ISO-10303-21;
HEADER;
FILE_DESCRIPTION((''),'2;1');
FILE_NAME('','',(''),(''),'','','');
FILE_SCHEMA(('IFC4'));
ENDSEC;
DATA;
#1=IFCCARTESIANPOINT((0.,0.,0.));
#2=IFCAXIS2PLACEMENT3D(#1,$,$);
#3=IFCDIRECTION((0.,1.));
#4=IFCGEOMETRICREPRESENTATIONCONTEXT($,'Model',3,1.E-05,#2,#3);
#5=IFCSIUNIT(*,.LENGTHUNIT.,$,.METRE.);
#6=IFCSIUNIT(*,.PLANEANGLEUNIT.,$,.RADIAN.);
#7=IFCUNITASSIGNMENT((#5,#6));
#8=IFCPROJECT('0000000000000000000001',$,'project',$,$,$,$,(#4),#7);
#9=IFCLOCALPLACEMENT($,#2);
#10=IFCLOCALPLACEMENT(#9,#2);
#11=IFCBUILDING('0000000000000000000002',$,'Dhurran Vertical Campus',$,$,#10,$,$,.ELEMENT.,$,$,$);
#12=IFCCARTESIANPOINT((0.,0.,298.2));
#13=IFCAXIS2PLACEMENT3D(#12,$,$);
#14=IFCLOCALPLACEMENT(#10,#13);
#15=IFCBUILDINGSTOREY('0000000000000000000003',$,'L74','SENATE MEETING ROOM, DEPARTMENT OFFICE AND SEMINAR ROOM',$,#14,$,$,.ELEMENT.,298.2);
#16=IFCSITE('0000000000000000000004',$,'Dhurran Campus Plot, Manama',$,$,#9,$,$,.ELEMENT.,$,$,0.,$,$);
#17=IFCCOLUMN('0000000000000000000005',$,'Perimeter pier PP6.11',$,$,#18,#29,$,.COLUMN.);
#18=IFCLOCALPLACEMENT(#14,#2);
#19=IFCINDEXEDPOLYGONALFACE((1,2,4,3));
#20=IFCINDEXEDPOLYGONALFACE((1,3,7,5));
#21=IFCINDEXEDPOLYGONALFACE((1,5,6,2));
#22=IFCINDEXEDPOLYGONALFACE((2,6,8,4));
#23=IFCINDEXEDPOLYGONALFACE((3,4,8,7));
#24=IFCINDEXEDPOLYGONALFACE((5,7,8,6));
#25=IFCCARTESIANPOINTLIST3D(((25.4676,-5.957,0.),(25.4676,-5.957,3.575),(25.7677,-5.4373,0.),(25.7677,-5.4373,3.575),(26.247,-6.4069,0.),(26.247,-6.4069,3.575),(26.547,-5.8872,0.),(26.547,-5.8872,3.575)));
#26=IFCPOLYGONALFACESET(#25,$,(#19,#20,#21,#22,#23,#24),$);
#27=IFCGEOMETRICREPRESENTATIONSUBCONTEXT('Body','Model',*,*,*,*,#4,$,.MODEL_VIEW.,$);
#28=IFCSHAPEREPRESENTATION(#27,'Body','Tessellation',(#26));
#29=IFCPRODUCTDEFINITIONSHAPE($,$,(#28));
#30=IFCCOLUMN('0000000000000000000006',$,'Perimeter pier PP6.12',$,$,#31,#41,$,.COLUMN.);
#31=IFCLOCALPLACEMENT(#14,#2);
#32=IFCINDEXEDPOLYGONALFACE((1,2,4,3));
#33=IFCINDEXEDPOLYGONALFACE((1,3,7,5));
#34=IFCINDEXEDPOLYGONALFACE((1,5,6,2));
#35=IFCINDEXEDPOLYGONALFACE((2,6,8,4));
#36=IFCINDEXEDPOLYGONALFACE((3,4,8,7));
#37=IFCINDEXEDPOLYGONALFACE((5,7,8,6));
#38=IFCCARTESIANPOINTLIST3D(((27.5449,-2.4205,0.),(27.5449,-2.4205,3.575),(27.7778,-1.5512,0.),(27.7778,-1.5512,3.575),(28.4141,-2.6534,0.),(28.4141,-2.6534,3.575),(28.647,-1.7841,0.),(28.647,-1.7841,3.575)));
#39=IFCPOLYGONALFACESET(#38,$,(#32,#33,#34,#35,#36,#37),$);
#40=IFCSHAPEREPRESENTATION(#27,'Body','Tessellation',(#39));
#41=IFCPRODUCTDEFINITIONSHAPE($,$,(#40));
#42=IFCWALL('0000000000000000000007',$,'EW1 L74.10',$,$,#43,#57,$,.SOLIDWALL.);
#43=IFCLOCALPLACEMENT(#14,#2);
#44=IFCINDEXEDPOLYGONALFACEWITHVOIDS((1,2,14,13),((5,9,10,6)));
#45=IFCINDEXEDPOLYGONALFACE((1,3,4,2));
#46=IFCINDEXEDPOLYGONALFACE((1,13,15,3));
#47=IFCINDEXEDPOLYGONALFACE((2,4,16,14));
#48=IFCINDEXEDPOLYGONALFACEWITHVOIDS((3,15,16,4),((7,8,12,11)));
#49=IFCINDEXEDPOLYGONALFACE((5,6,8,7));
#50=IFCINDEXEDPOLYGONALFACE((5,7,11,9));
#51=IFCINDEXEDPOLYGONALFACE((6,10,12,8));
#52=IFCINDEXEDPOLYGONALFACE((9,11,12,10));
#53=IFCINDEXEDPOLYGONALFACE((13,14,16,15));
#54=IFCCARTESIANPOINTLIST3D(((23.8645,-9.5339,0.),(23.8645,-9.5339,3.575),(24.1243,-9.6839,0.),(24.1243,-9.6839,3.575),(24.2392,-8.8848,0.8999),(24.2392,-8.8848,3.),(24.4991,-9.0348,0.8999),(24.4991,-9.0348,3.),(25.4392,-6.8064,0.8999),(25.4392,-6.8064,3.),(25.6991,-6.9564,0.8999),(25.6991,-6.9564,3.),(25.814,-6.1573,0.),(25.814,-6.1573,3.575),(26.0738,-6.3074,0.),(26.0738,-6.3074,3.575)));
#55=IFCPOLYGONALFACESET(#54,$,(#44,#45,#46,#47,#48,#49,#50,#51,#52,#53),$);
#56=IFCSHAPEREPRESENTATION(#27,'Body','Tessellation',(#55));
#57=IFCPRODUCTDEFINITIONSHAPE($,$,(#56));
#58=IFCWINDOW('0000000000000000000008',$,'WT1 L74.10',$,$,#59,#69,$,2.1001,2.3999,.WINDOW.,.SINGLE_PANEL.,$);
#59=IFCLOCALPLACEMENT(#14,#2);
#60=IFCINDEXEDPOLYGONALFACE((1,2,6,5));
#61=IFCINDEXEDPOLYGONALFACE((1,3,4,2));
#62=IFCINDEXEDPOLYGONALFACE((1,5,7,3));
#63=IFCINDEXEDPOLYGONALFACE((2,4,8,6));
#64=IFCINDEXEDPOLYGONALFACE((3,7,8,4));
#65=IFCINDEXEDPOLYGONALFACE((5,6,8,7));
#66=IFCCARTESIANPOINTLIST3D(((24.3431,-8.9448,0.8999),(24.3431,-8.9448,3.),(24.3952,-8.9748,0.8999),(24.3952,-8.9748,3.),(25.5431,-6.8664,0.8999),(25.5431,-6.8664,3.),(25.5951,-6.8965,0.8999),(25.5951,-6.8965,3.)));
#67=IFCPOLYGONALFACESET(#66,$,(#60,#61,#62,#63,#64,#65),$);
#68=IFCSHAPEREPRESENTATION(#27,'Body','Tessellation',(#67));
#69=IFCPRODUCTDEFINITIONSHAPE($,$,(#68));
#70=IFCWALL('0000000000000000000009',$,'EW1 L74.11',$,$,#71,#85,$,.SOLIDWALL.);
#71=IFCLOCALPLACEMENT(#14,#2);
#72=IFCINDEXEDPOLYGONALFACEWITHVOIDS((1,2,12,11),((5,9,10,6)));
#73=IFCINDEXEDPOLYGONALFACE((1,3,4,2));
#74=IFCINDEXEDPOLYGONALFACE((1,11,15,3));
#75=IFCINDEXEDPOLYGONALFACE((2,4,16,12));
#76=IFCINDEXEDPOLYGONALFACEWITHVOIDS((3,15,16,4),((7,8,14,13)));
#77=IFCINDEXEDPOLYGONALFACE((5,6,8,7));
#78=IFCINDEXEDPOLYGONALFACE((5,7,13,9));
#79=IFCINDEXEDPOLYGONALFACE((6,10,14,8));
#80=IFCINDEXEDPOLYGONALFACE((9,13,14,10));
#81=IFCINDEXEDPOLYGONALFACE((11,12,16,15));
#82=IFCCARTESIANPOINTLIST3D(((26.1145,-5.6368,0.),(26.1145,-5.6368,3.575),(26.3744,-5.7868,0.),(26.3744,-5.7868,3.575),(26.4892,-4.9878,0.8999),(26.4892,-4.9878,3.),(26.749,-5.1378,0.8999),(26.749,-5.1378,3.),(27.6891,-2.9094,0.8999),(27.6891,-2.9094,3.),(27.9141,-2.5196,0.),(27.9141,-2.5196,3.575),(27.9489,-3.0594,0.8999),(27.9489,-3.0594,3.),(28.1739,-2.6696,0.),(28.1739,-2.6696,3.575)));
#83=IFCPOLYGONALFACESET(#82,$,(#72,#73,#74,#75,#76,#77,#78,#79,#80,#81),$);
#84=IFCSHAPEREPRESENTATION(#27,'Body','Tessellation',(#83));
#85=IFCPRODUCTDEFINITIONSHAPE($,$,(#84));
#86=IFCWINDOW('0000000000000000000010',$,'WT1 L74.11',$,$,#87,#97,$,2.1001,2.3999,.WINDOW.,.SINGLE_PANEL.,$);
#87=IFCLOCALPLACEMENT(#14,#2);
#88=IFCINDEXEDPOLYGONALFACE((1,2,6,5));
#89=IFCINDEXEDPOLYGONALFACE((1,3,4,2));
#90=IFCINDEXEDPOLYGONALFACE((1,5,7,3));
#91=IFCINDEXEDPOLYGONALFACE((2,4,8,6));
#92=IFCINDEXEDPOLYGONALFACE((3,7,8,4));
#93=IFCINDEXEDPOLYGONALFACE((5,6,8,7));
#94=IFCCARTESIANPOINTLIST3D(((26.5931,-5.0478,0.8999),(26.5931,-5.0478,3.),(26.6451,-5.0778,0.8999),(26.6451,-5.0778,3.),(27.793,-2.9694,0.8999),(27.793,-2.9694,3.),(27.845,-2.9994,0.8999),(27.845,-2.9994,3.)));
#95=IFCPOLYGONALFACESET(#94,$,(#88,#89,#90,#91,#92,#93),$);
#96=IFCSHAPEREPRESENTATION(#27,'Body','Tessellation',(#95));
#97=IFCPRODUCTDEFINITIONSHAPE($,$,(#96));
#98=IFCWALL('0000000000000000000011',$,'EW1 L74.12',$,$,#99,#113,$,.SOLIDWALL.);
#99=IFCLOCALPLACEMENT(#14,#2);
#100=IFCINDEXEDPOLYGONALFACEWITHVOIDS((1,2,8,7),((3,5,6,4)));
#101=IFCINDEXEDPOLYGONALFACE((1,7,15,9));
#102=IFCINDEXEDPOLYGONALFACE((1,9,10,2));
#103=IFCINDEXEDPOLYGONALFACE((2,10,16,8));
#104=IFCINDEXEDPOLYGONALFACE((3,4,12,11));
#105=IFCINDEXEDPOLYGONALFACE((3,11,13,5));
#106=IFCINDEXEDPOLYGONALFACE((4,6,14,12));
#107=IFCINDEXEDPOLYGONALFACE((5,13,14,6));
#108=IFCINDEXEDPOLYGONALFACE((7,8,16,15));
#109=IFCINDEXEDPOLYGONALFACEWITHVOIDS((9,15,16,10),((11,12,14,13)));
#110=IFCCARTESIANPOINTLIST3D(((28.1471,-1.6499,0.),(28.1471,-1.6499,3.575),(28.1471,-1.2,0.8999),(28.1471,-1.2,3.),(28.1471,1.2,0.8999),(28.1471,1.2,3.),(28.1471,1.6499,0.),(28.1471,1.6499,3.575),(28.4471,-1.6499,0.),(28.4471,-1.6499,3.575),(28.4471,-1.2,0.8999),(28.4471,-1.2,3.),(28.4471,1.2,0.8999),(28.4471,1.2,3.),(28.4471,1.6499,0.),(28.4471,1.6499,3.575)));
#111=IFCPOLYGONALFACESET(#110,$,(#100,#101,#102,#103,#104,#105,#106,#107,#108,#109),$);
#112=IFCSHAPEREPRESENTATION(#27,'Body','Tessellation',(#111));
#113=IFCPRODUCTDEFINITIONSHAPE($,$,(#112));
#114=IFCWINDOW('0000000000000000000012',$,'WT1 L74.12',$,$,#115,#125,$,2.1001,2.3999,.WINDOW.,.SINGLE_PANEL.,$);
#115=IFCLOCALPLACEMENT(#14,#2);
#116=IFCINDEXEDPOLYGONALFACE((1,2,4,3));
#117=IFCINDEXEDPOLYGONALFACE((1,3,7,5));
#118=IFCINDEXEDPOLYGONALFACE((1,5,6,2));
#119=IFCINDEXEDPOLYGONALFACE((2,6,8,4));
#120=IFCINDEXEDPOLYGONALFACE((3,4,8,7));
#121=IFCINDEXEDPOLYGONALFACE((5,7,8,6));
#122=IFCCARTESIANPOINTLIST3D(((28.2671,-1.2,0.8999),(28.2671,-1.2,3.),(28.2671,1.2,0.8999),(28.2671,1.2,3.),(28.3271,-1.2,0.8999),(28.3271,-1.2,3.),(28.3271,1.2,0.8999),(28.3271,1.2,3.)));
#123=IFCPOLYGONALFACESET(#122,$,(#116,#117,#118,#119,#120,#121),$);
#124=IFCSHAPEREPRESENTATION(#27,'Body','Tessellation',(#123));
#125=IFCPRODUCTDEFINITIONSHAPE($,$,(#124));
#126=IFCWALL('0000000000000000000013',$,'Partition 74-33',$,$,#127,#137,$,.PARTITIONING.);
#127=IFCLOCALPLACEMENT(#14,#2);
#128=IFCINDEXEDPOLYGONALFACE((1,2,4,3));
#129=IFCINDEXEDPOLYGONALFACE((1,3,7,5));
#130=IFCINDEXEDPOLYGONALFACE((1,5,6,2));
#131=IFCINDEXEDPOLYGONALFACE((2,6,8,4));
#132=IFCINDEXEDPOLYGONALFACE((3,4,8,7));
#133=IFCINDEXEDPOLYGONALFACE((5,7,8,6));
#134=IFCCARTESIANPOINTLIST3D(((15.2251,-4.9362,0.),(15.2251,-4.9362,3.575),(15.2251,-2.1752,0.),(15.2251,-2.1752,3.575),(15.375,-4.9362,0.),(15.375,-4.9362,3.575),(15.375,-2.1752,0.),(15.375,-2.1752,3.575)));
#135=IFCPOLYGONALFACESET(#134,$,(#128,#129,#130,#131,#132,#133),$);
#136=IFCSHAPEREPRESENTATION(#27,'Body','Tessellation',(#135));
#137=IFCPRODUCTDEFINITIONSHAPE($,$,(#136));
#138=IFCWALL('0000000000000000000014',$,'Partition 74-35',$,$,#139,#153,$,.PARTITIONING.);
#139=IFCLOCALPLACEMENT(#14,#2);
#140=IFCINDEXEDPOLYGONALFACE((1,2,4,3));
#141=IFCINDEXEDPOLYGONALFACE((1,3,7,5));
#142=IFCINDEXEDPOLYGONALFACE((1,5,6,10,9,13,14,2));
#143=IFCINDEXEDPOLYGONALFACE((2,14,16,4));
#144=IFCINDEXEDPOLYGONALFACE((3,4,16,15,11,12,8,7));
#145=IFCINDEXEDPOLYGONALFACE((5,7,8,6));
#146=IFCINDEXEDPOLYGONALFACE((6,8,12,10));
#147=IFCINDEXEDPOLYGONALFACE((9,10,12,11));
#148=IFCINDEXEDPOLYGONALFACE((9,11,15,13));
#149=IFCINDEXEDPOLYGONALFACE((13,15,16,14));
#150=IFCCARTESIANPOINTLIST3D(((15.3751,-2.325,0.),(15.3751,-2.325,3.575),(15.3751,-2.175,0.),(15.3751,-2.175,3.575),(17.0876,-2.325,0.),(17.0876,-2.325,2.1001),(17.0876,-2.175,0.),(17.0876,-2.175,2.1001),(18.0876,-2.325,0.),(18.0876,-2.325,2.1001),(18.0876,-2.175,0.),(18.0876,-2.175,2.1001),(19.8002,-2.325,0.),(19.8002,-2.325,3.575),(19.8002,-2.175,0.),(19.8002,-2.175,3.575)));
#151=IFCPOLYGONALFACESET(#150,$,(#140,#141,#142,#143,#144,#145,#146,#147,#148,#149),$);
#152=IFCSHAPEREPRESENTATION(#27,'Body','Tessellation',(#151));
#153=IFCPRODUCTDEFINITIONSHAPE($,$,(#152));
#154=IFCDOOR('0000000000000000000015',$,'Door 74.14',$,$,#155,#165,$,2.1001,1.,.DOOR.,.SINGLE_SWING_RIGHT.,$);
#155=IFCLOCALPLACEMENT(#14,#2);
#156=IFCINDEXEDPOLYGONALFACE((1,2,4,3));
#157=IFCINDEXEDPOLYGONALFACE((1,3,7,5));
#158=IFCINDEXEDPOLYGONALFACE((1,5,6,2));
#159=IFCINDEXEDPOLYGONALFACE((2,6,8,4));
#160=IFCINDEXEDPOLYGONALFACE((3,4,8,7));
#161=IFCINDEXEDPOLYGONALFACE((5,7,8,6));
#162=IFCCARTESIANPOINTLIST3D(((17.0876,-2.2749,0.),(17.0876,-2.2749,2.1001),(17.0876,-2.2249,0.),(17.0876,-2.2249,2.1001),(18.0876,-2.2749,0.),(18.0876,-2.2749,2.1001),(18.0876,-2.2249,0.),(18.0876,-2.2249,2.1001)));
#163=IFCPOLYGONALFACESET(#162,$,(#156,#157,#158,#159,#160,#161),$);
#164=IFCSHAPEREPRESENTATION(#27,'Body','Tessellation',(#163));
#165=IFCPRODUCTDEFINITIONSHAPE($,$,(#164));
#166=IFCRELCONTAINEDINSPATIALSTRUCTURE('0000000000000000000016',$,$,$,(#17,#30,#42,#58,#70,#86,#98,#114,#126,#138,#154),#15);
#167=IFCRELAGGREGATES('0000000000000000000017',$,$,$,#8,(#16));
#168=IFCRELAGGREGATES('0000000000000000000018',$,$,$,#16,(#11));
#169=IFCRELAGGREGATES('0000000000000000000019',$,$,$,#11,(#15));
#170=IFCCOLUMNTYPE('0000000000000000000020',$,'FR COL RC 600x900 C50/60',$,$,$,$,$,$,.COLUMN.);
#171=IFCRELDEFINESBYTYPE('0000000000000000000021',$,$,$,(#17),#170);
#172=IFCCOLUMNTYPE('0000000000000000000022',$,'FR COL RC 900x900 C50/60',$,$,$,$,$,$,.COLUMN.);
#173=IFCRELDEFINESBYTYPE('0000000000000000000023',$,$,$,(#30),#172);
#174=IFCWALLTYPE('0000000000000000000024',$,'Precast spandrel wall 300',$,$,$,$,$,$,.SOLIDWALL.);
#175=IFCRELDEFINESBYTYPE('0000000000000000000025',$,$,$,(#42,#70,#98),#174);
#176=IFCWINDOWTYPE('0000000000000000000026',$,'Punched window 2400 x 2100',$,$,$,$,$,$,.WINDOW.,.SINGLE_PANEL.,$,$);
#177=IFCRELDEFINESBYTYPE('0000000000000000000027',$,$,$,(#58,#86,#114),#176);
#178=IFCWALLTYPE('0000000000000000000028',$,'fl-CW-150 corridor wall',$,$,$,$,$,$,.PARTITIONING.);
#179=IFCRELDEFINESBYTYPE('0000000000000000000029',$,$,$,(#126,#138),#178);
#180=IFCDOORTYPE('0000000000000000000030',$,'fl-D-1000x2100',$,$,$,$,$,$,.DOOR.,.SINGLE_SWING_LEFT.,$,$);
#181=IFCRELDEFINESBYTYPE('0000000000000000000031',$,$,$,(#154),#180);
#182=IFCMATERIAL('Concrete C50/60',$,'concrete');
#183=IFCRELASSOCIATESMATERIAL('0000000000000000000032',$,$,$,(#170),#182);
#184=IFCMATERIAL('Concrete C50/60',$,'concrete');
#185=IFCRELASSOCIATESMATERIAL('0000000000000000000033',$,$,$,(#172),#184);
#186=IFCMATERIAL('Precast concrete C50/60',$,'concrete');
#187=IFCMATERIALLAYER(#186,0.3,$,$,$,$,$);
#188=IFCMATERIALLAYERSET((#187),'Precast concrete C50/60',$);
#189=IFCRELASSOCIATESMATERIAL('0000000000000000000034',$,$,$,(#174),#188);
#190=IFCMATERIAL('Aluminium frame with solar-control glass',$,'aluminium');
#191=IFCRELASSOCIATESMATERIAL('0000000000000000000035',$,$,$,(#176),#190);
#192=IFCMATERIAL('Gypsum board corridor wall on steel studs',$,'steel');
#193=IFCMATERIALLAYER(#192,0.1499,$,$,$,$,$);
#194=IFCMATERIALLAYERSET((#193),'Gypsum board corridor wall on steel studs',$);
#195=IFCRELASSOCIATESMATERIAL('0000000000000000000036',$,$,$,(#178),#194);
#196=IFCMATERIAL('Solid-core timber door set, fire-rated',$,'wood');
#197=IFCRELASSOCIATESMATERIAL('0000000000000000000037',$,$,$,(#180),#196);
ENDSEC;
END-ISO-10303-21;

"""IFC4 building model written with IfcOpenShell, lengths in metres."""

from ifc_helpers import new_model, si_unit, direction, frame, frame_2d, origin, origin_2d, place, context, subcontext, project, spatial, rectangle, extrude, material, layer, layer_set, material_profile, profile_set, type_object, element, fill, save


model = new_model("IFC4")

# Units and contexts
model_context = context("Model", 3, precision=1e-05, world=origin(), true_north=direction((0.0, 1.0)))
body_context = subcontext(model_context, "Body", "Model", "MODEL_VIEW")
ifc_project = project(units=[si_unit("LENGTHUNIT", "METRE"), si_unit("PLANEANGLEUNIT", "RADIAN")], contexts=[model_context])

# Site, building, storey
site_placement = place(None, origin())
site = spatial("IfcSite", under=ifc_project, at=site_placement, Name="Dhurran Campus Plot, Manama", CompositionType="ELEMENT", RefElevation=0.0)
building_placement = place(site_placement, origin())
building = spatial("IfcBuilding", under=site, at=building_placement, Name="Dhurran Vertical Campus", CompositionType="ELEMENT")
storey_placement = place(building_placement, frame((0.0, 0.0, 298.2)))
storey = spatial("IfcBuildingStorey", under=building, at=storey_placement, Name="L74", Description="SENATE MEETING ROOM, DEPARTMENT OFFICE AND SEMINAR ROOM", CompositionType="ELEMENT", Elevation=298.2)

# Columns
ifc_material_1 = material(Name="Concrete C50/60", Category="concrete")
ifc_material_profile_1 = material_profile(ifc_material_1, rectangle(XDim=0.6001, YDim=0.8999, at=origin_2d()), Name="RC 600x900")
ifc_profile_set_1 = profile_set([ifc_material_profile_1], Name="Concrete C50/60")
column_type_1 = type_object("IfcColumnType", Name="FR COL RC 600x900 C50/60", PredefinedType="COLUMN", material=ifc_profile_set_1)
column_1_placement = place(storey_placement, frame((26.0073, -5.9221, 0.0), z_axis=(0.0, 0.0, 1.0), x_axis=(0.5, 0.866025, 0.0)))
element("IfcColumn", 1, at=column_1_placement, inside=storey, type_object=column_type_1, Name="Perimeter pier PP6.11", PredefinedType="COLUMN", context=body_context, shape_type="SweptSolid", body=[
    extrude(rectangle(XDim=0.6001, YDim=0.8999, at=origin_2d()), origin(), (0.0, 0.0, 1.0), 3.575),
])
ifc_material_2 = material(Name="Concrete C50/60", Category="concrete")
ifc_material_profile_2 = material_profile(ifc_material_2, rectangle(XDim=0.8999, YDim=0.8999, at=origin_2d()), Name="RC 900x900")
ifc_profile_set_2 = profile_set([ifc_material_profile_2], Name="Concrete C50/60")
column_type_2 = type_object("IfcColumnType", Name="FR COL RC 900x900 C50/60", PredefinedType="COLUMN", material=ifc_profile_set_2)
column_2_placement = place(storey_placement, frame((28.0959, -2.1023, 0.0), z_axis=(0.0, 0.0, 1.0), x_axis=(0.258819, 0.965926, 0.0)))
element("IfcColumn", 2, at=column_2_placement, inside=storey, type_object=column_type_2, Name="Perimeter pier PP6.12", PredefinedType="COLUMN", context=body_context, shape_type="SweptSolid", body=[
    extrude(rectangle(XDim=0.8999, YDim=0.8999, at=origin_2d()), origin(), (0.0, 0.0, 1.0), 3.575),
])

# Walls, openings, windows
ifc_material_3 = material(Name="Precast concrete C50/60", Category="concrete")
ifc_layer_1 = layer(ifc_material_3, 0.3)
ifc_layer_set_1 = layer_set([ifc_layer_1], Name="Precast concrete C50/60")
wall_type_1 = type_object("IfcWallType", Name="Precast spandrel wall 300", PredefinedType="SOLIDWALL", material=ifc_layer_set_1)
wall_1_placement = place(storey_placement, frame((23.9944, -9.6089, 0.0), z_axis=(0.0, 0.0, 1.0), x_axis=(0.500012, 0.866019, 0.0)))
wall_1 = element("IfcWall", 3, at=wall_1_placement, inside=storey, type_object=wall_type_1, Name="EW1 L74.10", PredefinedType="SOLIDWALL", context=body_context, shape_type="SweptSolid", body=[
    extrude(rectangle(XDim=3.8989, YDim=0.3, at=frame_2d((1.9495, 0.0))), origin(), (0.0, 0.0, 1.0), 3.575),
])
opening_1_placement = place(wall_1_placement, frame((0.7495, 0.0, 0.8999)))
opening_1 = element("IfcOpeningElement", 4, at=opening_1_placement, cuts=wall_1, PredefinedType="OPENING", context=body_context, shape_type="SweptSolid", body=[
    extrude(rectangle(XDim=2.3999, YDim=2.1001, at=frame_2d((1.2, 1.05))), frame((0.0, 0.1599, 0.0), z_axis=(0.0, -1.0, 0.0), x_axis=(1.0, 0.0, 0.0)), (0.0, 0.0, 1.0), 0.3201),
])
ifc_material_4 = material(Name="Aluminium frame with solar-control glass", Category="aluminium")
window_type = type_object("IfcWindowType", Name="Punched window 2400 x 2100", PartitioningType="SINGLE_PANEL", PredefinedType="WINDOW", material=ifc_material_4)
window_1_placement = place(opening_1_placement, origin())
window_1 = element("IfcWindow", 5, at=window_1_placement, inside=storey, type_object=window_type, Name="WT1 L74.10", OverallHeight=2.1001, OverallWidth=2.3999, PartitioningType="SINGLE_PANEL", PredefinedType="WINDOW", context=body_context, shape_type="SweptSolid", body=[
    extrude(rectangle(XDim=2.3999, YDim=2.1001, at=frame_2d((1.2, 1.05))), frame((0.0, 0.03, 0.0), z_axis=(0.0, -1.0, 0.0), x_axis=(1.0, 0.0, 0.0)), (0.0, 0.0, 1.0), 0.0601),
])
fill(opening_1, window_1)
wall_2_placement = place(storey_placement, frame((26.2444, -5.7119, 0.0), z_axis=(0.0, 0.0, 1.0), x_axis=(0.499969, 0.866043, 0.0)))
wall_2 = element("IfcWall", 6, at=wall_2_placement, inside=storey, type_object=wall_type_1, Name="EW1 L74.11", PredefinedType="SOLIDWALL", context=body_context, shape_type="SweptSolid", body=[
    extrude(rectangle(XDim=3.5994, YDim=0.3, at=frame_2d((1.7998, 0.0))), origin(), (0.0, 0.0, 1.0), 3.575),
])
opening_2_placement = place(wall_2_placement, frame((0.7495, 0.0, 0.8999)))
opening_2 = element("IfcOpeningElement", 7, at=opening_2_placement, cuts=wall_2, PredefinedType="OPENING", context=body_context, shape_type="SweptSolid", body=[
    extrude(rectangle(XDim=2.3999, YDim=2.1001, at=frame_2d((1.2, 1.05))), frame((0.0, 0.1599, 0.0), z_axis=(0.0, -1.0, 0.0), x_axis=(1.0, 0.0, 0.0)), (0.0, 0.0, 1.0), 0.3201),
])
window_2_placement = place(opening_2_placement, origin())
window_2 = element("IfcWindow", 8, at=window_2_placement, inside=storey, type_object=window_type, Name="WT1 L74.11", OverallHeight=2.1001, OverallWidth=2.3999, PartitioningType="SINGLE_PANEL", PredefinedType="WINDOW", context=body_context, shape_type="SweptSolid", body=[
    extrude(rectangle(XDim=2.3999, YDim=2.1001, at=frame_2d((1.2, 1.05))), frame((0.0, 0.03, 0.0), z_axis=(0.0, -1.0, 0.0), x_axis=(1.0, 0.0, 0.0)), (0.0, 0.0, 1.0), 0.0601),
])
fill(opening_2, window_2)
wall_3_placement = place(storey_placement, frame((28.2971, -1.6499, 0.0), z_axis=(0.0, 0.0, 1.0), x_axis=(0.0, 1.0, 0.0)))
wall_3 = element("IfcWall", 9, at=wall_3_placement, inside=storey, type_object=wall_type_1, Name="EW1 L74.12", PredefinedType="SOLIDWALL", context=body_context, shape_type="SweptSolid", body=[
    extrude(rectangle(XDim=3.2998, YDim=0.3, at=frame_2d((1.6499, 0.0))), origin(), (0.0, 0.0, 1.0), 3.575),
])
opening_3_placement = place(wall_3_placement, frame((0.45, 0.0, 0.8999)))
opening_3 = element("IfcOpeningElement", 10, at=opening_3_placement, cuts=wall_3, PredefinedType="OPENING", context=body_context, shape_type="SweptSolid", body=[
    extrude(rectangle(XDim=2.3999, YDim=2.1001, at=frame_2d((1.2, 1.05))), frame((0.0, 0.1599, 0.0), z_axis=(0.0, -1.0, 0.0), x_axis=(1.0, 0.0, 0.0)), (0.0, 0.0, 1.0), 0.3201),
])
window_3_placement = place(opening_3_placement, origin())
window_3 = element("IfcWindow", 11, at=window_3_placement, inside=storey, type_object=window_type, Name="WT1 L74.12", OverallHeight=2.1001, OverallWidth=2.3999, PartitioningType="SINGLE_PANEL", PredefinedType="WINDOW", context=body_context, shape_type="SweptSolid", body=[
    extrude(rectangle(XDim=2.3999, YDim=2.1001, at=frame_2d((1.2, 1.05))), frame((0.0, 0.03, 0.0), z_axis=(0.0, -1.0, 0.0), x_axis=(1.0, 0.0, 0.0)), (0.0, 0.0, 1.0), 0.0601),
])
fill(opening_3, window_3)

# Wall
ifc_material_5 = material(Name="Gypsum board corridor wall on steel studs", Category="steel")
ifc_layer_2 = layer(ifc_material_5, 0.1499)
ifc_layer_set_2 = layer_set([ifc_layer_2], Name="Gypsum board corridor wall on steel studs")
wall_type_2 = type_object("IfcWallType", Name="fl-CW-150 corridor wall", PredefinedType="PARTITIONING", material=ifc_layer_set_2)
wall_4_placement = place(storey_placement, frame((15.3, -4.936, 0.0), z_axis=(0.0, 0.0, 1.0), x_axis=(0.0, 1.0, 0.0)))
element("IfcWall", 12, at=wall_4_placement, inside=storey, type_object=wall_type_2, Name="Partition 74-33", PredefinedType="PARTITIONING", context=body_context, shape_type="SweptSolid", body=[
    extrude(rectangle(XDim=2.761, YDim=0.1499, at=frame_2d((1.3804, 0.0))), origin(), (0.0, 0.0, 1.0), 3.575),
])

# Wall, opening, door
wall_5_placement = place(storey_placement, frame((19.8, -2.25, 0.0), z_axis=(0.0, 0.0, 1.0), x_axis=(-1.0, 0.0, 0.0)))
wall_5 = element("IfcWall", 13, at=wall_5_placement, inside=storey, type_object=wall_type_2, Name="Partition 74-35", PredefinedType="PARTITIONING", context=body_context, shape_type="SweptSolid", body=[
    extrude(rectangle(XDim=4.425, YDim=0.1499, at=frame_2d((2.2124, 0.0))), origin(), (0.0, 0.0, 1.0), 3.575),
])
opening_4_placement = place(wall_5_placement, frame((1.7124, 0.0, 0.0)))
opening_4 = element("IfcOpeningElement", 14, at=opening_4_placement, cuts=wall_5, PredefinedType="OPENING", context=body_context, shape_type="SweptSolid", body=[
    extrude(rectangle(XDim=1.0, YDim=2.1001, at=frame_2d((0.5, 1.05))), frame((0.0, 0.085, 0.0), z_axis=(0.0, -1.0, 0.0), x_axis=(1.0, 0.0, 0.0)), (0.0, 0.0, 1.0), 0.1699),
])
ifc_material_6 = material(Name="Solid-core timber door set, fire-rated", Category="wood")
door_type = type_object("IfcDoorType", Name="fl-D-1000x2100", OperationType="SINGLE_SWING_LEFT", PredefinedType="DOOR", material=ifc_material_6)
door_1_placement = place(opening_4_placement, origin())
door_1 = element("IfcDoor", 15, at=door_1_placement, inside=storey, type_object=door_type, Name="Door 74.14", OperationType="SINGLE_SWING_RIGHT", OverallHeight=2.1001, OverallWidth=1.0, PredefinedType="DOOR", context=body_context, shape_type="SweptSolid", body=[
    extrude(rectangle(XDim=1.0, YDim=2.1001, at=frame_2d((0.5, 1.05))), frame((0.0, 0.0249, 0.0), z_axis=(0.0, -1.0, 0.0), x_axis=(1.0, 0.0, 0.0)), (0.0, 0.0, 1.0), 0.05),
])
fill(opening_4, door_1)

save(model, "model.ifc")
